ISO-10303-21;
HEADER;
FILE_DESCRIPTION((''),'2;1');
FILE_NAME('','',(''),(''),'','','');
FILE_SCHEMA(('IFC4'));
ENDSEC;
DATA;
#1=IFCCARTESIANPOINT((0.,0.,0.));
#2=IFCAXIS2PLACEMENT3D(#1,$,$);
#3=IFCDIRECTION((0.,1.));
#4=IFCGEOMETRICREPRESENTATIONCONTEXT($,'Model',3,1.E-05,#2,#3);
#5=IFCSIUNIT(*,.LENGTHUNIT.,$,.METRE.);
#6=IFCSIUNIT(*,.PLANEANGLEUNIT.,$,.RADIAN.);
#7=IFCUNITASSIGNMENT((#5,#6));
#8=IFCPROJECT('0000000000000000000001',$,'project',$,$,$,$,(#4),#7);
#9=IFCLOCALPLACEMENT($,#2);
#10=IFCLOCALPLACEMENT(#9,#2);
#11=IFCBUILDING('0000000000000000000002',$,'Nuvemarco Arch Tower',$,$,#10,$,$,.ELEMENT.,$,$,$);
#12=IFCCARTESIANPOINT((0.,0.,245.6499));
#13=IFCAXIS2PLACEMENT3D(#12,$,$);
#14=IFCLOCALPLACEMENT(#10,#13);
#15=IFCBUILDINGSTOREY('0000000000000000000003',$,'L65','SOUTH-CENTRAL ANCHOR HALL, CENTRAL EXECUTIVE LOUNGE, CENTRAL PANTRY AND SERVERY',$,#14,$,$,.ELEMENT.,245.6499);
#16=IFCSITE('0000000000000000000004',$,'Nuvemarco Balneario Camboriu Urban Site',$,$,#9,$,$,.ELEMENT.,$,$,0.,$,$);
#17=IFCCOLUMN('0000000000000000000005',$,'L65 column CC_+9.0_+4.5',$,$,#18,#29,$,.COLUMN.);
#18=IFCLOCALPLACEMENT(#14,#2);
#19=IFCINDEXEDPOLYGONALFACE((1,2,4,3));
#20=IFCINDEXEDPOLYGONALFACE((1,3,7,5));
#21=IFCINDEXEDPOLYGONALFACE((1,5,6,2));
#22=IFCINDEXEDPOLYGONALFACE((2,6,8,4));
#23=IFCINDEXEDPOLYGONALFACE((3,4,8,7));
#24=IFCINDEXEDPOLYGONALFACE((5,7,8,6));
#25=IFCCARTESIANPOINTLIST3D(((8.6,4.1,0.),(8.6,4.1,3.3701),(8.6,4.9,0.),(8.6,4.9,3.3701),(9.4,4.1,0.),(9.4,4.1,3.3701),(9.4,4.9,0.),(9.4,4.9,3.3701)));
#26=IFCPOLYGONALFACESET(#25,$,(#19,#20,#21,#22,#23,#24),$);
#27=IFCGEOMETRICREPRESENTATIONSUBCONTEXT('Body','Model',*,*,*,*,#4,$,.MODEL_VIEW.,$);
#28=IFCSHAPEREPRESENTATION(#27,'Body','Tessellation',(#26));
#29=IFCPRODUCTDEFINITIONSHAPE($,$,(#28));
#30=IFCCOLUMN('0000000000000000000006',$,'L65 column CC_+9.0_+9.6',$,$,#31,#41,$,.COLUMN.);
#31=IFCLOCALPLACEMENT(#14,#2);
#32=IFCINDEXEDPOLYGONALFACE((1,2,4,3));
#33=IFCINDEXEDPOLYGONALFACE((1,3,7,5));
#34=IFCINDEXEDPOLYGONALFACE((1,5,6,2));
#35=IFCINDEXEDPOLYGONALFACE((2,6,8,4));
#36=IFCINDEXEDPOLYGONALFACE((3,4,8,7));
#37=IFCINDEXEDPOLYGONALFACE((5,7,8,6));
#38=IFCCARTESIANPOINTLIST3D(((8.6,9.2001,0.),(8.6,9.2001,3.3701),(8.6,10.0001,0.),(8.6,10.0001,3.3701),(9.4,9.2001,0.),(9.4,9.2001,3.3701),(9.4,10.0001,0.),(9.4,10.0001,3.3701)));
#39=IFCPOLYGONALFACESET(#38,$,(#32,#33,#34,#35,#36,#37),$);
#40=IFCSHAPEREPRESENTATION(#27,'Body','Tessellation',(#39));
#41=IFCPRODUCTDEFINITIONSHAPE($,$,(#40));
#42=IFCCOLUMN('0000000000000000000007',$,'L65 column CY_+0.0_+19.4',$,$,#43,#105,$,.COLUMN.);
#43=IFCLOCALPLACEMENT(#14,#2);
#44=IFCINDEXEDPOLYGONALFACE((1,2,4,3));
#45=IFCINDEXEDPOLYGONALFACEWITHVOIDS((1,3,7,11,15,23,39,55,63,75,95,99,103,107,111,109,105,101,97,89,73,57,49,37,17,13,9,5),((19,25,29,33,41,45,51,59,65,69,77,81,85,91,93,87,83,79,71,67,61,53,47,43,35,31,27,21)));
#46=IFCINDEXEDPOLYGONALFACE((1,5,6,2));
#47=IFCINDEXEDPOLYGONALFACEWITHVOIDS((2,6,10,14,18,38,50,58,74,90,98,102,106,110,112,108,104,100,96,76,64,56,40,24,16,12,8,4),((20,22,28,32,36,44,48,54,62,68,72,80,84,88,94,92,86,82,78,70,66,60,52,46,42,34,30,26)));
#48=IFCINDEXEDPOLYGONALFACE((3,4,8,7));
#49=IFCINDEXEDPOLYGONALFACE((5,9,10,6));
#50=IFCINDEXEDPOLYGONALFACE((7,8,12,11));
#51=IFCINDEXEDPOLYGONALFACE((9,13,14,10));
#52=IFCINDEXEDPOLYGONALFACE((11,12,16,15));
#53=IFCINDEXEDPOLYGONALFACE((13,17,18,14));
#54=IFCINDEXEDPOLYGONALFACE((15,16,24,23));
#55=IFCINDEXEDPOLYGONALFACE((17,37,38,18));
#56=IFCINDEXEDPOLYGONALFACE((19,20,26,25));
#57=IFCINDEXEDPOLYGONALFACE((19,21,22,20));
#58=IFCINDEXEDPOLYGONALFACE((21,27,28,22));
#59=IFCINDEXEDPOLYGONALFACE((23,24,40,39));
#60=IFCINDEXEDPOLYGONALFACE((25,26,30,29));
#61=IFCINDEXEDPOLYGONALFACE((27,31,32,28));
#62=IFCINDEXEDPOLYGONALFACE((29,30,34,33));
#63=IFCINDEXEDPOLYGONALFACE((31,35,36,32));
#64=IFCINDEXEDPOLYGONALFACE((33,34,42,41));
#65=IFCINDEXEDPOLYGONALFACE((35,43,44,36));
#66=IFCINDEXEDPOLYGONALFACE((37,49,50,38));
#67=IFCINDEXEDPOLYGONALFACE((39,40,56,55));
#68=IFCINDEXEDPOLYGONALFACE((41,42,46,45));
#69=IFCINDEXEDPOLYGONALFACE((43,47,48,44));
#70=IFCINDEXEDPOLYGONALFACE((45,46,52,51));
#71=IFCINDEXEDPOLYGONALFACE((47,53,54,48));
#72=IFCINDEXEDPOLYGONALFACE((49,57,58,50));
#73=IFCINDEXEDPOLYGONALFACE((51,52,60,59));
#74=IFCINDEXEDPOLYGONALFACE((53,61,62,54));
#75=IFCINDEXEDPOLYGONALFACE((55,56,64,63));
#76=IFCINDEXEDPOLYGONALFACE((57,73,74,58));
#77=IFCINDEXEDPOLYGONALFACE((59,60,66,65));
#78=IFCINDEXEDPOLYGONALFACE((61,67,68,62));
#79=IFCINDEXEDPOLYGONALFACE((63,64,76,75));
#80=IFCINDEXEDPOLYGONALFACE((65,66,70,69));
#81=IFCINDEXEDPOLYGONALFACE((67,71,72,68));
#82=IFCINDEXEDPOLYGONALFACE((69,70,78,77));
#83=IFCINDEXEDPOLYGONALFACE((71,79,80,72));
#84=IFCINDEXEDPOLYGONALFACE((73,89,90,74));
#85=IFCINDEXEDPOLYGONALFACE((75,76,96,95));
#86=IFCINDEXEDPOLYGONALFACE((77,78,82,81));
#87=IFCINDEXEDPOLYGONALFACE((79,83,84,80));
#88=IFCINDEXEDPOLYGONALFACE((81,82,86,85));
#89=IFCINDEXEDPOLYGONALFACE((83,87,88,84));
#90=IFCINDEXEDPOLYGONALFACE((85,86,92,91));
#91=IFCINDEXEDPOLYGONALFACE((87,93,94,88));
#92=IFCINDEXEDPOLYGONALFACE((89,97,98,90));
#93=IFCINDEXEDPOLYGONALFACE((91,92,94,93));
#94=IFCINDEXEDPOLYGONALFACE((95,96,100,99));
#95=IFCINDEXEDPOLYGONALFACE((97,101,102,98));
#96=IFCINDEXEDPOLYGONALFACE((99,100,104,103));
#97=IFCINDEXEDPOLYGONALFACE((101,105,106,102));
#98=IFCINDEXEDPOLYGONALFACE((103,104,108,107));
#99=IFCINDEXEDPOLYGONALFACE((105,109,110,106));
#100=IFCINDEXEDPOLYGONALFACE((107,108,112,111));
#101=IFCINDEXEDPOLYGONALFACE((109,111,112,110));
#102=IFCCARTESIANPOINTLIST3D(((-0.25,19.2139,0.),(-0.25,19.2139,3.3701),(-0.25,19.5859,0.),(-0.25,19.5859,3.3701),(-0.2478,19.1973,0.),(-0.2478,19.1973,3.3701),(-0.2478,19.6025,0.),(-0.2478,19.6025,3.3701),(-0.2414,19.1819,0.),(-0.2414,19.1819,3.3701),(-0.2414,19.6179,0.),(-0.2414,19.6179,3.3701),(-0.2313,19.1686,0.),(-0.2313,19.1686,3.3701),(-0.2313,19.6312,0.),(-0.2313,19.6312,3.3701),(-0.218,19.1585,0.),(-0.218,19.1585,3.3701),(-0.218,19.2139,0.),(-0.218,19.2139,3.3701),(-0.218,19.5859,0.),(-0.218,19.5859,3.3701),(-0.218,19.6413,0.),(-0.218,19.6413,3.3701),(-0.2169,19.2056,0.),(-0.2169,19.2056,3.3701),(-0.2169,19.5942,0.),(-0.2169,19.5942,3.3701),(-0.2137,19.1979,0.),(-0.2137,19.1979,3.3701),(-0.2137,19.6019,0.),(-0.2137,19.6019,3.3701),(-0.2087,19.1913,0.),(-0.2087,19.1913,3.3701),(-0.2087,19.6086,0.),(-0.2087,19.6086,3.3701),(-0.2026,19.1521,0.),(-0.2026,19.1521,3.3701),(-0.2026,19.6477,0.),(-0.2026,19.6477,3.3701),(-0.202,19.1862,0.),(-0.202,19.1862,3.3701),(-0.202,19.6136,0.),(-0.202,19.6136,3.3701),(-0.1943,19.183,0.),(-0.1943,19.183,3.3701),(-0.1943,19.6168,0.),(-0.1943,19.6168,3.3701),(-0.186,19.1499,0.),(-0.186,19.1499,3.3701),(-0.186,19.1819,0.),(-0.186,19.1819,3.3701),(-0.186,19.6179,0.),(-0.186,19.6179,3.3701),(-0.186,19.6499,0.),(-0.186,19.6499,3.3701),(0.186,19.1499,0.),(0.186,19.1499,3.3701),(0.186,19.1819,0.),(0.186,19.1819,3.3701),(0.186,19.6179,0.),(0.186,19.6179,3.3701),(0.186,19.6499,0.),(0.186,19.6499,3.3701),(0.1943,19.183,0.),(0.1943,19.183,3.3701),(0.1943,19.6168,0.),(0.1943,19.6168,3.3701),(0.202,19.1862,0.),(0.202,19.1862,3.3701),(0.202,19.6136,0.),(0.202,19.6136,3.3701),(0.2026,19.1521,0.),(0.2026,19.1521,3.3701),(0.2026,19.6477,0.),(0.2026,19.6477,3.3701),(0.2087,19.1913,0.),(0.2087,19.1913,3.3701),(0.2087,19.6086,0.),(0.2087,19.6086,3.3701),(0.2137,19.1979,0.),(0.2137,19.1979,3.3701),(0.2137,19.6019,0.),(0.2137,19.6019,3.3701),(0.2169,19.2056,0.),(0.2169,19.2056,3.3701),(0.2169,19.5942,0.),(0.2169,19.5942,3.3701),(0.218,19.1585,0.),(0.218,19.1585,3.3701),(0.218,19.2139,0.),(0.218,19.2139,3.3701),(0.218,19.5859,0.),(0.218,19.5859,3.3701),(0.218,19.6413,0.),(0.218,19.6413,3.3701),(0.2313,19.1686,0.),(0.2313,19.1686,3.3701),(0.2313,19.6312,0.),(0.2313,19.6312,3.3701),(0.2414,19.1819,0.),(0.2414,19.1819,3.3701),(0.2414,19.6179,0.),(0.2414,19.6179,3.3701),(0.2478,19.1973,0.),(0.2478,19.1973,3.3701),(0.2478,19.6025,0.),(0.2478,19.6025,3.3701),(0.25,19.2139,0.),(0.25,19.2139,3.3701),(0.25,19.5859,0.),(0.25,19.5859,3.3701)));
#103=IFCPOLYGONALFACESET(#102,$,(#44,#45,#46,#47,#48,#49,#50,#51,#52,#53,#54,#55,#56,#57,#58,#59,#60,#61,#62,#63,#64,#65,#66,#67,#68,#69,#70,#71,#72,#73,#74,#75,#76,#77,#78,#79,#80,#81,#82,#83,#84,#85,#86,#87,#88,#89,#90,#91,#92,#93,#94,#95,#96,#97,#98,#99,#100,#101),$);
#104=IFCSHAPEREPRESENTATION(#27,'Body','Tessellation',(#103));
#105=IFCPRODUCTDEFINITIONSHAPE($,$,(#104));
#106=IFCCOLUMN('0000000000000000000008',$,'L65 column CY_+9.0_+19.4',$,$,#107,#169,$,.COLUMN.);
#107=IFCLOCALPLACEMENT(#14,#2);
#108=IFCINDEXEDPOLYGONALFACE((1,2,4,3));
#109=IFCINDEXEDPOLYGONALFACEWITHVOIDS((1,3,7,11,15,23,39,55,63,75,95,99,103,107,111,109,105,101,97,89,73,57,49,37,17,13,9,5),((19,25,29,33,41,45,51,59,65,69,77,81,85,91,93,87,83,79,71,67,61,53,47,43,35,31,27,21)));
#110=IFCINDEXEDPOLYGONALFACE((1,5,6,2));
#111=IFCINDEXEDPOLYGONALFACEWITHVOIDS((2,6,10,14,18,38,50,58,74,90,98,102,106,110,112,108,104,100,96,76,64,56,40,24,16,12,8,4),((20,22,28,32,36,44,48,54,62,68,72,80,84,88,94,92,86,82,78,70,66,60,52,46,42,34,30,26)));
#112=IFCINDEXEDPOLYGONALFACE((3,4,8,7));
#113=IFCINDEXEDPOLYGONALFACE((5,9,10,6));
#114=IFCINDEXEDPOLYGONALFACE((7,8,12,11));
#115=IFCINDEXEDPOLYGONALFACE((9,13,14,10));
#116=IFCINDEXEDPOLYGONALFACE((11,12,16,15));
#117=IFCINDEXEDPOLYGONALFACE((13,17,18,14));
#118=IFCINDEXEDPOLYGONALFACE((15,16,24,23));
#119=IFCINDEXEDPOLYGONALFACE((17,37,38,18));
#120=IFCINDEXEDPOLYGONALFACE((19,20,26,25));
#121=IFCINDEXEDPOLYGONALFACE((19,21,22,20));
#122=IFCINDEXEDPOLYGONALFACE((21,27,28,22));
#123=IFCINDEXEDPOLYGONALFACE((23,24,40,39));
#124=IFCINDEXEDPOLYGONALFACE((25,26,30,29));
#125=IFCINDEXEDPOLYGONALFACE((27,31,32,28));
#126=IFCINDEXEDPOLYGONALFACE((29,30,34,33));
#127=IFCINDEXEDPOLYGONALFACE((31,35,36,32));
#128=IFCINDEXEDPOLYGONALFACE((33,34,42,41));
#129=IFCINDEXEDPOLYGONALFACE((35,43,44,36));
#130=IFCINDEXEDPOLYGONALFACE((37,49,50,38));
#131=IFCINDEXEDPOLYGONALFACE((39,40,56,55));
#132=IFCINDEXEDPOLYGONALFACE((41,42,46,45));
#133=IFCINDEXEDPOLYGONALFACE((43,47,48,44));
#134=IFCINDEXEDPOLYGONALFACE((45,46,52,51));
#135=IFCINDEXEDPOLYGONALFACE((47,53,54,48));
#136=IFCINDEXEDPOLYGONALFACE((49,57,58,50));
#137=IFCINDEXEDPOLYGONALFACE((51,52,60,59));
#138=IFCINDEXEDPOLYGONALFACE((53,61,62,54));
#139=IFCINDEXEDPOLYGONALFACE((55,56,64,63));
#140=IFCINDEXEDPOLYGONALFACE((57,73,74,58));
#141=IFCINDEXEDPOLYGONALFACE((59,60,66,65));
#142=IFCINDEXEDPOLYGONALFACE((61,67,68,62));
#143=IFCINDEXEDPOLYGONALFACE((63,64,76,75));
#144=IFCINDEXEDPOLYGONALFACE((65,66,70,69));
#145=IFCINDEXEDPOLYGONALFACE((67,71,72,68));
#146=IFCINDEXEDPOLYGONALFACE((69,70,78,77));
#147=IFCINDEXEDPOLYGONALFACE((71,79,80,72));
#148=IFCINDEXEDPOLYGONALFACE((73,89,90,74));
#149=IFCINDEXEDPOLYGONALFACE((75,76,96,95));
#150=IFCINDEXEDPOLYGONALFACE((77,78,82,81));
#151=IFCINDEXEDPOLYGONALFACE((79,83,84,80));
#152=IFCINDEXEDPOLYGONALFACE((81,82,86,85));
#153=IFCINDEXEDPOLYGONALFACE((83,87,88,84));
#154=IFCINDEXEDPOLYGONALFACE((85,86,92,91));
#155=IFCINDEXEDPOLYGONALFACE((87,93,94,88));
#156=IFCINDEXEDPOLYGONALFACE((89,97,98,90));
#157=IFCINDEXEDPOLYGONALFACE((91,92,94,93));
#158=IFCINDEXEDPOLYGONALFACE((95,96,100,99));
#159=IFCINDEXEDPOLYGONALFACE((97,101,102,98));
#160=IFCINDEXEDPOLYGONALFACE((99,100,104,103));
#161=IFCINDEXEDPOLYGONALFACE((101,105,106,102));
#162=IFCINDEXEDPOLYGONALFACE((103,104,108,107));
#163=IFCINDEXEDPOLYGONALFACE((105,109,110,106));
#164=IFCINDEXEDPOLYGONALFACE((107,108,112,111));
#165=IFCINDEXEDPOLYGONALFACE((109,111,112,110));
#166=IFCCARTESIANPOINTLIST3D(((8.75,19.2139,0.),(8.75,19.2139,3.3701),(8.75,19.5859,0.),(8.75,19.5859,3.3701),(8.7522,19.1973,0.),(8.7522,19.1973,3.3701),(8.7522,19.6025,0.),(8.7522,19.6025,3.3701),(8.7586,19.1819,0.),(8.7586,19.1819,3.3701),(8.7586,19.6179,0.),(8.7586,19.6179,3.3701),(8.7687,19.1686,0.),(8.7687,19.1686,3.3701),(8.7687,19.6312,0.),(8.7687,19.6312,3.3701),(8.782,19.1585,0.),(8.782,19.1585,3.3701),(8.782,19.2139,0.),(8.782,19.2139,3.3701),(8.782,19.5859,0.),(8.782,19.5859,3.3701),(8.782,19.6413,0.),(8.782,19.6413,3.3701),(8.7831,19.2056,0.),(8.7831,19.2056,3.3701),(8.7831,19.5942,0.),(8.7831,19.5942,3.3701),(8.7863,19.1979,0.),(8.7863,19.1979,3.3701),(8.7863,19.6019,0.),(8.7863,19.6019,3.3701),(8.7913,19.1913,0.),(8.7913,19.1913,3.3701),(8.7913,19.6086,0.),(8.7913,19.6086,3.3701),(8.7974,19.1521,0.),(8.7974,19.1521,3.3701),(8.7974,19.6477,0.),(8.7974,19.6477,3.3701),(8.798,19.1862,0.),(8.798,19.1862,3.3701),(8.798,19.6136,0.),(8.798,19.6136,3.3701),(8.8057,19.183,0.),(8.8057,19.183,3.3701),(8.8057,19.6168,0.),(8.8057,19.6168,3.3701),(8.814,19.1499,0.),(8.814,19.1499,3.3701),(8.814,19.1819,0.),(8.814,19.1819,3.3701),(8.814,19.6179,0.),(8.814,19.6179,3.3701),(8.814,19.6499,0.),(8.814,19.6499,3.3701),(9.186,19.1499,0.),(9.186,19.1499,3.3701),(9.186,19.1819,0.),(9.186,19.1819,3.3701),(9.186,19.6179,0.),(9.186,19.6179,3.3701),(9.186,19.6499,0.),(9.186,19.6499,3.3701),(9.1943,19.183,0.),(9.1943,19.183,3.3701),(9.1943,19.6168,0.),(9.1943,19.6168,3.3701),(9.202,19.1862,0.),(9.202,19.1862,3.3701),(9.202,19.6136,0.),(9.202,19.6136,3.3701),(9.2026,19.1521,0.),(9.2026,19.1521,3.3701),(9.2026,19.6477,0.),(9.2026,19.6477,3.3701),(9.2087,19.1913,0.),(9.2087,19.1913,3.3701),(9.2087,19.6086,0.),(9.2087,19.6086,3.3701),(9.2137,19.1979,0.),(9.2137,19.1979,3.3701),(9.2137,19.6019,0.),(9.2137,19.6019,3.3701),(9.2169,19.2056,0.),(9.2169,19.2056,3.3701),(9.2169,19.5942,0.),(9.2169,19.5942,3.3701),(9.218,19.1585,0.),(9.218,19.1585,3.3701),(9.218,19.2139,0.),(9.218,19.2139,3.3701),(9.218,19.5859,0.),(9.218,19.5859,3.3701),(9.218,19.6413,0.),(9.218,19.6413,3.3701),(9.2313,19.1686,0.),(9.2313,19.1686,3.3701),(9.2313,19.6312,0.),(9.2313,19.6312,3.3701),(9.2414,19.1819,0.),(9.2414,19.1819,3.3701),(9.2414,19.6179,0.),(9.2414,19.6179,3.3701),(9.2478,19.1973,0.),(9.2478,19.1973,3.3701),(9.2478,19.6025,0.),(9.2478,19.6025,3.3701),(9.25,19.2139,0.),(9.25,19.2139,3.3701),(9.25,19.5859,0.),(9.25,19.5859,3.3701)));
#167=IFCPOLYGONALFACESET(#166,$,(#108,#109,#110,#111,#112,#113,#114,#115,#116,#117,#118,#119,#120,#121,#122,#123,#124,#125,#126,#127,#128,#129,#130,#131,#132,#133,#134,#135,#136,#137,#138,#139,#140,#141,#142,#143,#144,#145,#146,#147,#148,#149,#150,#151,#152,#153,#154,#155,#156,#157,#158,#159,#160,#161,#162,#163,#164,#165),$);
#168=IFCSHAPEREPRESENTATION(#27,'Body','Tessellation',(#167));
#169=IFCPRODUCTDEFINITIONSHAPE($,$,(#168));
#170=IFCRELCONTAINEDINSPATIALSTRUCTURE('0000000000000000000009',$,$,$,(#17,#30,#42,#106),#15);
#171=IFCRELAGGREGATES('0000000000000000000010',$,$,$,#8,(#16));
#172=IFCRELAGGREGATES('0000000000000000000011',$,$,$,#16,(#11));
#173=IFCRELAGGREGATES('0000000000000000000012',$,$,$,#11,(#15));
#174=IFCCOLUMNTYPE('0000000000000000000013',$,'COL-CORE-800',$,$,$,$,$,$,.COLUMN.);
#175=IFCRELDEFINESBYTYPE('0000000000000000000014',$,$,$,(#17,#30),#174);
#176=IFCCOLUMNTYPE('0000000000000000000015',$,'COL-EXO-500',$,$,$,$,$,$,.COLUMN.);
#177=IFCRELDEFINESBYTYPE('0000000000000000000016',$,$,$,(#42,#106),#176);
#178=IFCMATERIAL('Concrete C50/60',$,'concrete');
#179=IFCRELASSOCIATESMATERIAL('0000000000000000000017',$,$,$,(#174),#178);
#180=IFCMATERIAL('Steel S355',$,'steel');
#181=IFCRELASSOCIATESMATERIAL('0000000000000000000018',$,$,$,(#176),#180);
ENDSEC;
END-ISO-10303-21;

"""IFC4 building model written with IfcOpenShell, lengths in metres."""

from ifc_helpers import new_model, si_unit, direction, frame, origin, origin_2d, place, context, subcontext, project, spatial, rectangle, hollow_rectangle, extrude, material, material_profile, profile_set, type_object, element, save


model = new_model("IFC4")

# Units and contexts
model_context = context("Model", 3, precision=1e-05, world=origin(), true_north=direction((0.0, 1.0)))
body_context = subcontext(model_context, "Body", "Model", "MODEL_VIEW")
ifc_project = project(units=[si_unit("LENGTHUNIT", "METRE"), si_unit("PLANEANGLEUNIT", "RADIAN")], contexts=[model_context])

# Site, building, storey
site_placement = place(None, origin())
site = spatial("IfcSite", under=ifc_project, at=site_placement, Name="Nuvemarco Balneario Camboriu Urban Site", CompositionType="ELEMENT", RefElevation=0.0)
building_placement = place(site_placement, origin())
building = spatial("IfcBuilding", under=site, at=building_placement, Name="Nuvemarco Arch Tower", CompositionType="ELEMENT")
storey_placement = place(building_placement, frame((0.0, 0.0, 245.6499)))
storey = spatial("IfcBuildingStorey", under=building, at=storey_placement, Name="L65", Description="SOUTH-CENTRAL ANCHOR HALL, CENTRAL EXECUTIVE LOUNGE, CENTRAL PANTRY AND SERVERY", CompositionType="ELEMENT", Elevation=245.6499)

# Columns
ifc_material_1 = material(Name="Concrete C50/60", Category="concrete")
ifc_material_profile_1 = material_profile(ifc_material_1, rectangle(XDim=0.8, YDim=0.8, at=origin_2d()), Name="RC-COL-800x800")
ifc_profile_set_1 = profile_set([ifc_material_profile_1], Name="Concrete C50/60")
column_type_1 = type_object("IfcColumnType", Name="COL-CORE-800", PredefinedType="COLUMN", material=ifc_profile_set_1)
for number, where, z_axis, x_axis, name in (
    (1, (9.0, 4.5, 0.0), (0.0, 0.0, 1.0), (1.0, 0.0, 0.0), "L65 column CC_+9.0_+4.5"),
    (2, (9.0, 9.6001, 0.0), (0.0, 0.0, 1.0), (1.0, 0.0, 0.0), "L65 column CC_+9.0_+9.6"),
):
    element("IfcColumn", number, at=place(storey_placement, frame(where, z_axis=z_axis, x_axis=x_axis)), inside=storey, type_object=column_type_1, Name=name, PredefinedType="COLUMN", context=body_context, shape_type="SweptSolid", body=[
        extrude(rectangle(XDim=0.8, YDim=0.8, at=origin_2d()), origin(), (0.0, 0.0, 1.0), 3.3701),
    ])
ifc_material_2 = material(Name="Steel S355", Category="steel")
ifc_material_profile_2 = material_profile(ifc_material_2, hollow_rectangle(XDim=0.5, YDim=0.5, WallThickness=0.032, InnerFilletRadius=0.032, OuterFilletRadius=0.064, at=origin_2d()), Name="SHS500x500x32")
ifc_profile_set_2 = profile_set([ifc_material_profile_2], Name="Steel S355")
column_type_2 = type_object("IfcColumnType", Name="COL-EXO-500", PredefinedType="COLUMN", material=ifc_profile_set_2)
for number, where, z_axis, x_axis, name in (
    (3, (0.0, 19.3999, 0.0), (0.0, 0.0, 1.0), (1.0, 0.0, 0.0), "L65 column CY_+0.0_+19.4"),
    (4, (9.0, 19.3999, 0.0), (0.0, 0.0, 1.0), (1.0, 0.0, 0.0), "L65 column CY_+9.0_+19.4"),
):
    element("IfcColumn", number, at=place(storey_placement, frame(where, z_axis=z_axis, x_axis=x_axis)), inside=storey, type_object=column_type_2, Name=name, PredefinedType="COLUMN", context=body_context, shape_type="SweptSolid", body=[
        extrude(hollow_rectangle(XDim=0.5, YDim=0.5, WallThickness=0.032, InnerFilletRadius=0.032, OuterFilletRadius=0.064, at=origin_2d()), origin(), (0.0, 0.0, 1.0), 3.3701),
    ])

save(model, "model.ifc")
